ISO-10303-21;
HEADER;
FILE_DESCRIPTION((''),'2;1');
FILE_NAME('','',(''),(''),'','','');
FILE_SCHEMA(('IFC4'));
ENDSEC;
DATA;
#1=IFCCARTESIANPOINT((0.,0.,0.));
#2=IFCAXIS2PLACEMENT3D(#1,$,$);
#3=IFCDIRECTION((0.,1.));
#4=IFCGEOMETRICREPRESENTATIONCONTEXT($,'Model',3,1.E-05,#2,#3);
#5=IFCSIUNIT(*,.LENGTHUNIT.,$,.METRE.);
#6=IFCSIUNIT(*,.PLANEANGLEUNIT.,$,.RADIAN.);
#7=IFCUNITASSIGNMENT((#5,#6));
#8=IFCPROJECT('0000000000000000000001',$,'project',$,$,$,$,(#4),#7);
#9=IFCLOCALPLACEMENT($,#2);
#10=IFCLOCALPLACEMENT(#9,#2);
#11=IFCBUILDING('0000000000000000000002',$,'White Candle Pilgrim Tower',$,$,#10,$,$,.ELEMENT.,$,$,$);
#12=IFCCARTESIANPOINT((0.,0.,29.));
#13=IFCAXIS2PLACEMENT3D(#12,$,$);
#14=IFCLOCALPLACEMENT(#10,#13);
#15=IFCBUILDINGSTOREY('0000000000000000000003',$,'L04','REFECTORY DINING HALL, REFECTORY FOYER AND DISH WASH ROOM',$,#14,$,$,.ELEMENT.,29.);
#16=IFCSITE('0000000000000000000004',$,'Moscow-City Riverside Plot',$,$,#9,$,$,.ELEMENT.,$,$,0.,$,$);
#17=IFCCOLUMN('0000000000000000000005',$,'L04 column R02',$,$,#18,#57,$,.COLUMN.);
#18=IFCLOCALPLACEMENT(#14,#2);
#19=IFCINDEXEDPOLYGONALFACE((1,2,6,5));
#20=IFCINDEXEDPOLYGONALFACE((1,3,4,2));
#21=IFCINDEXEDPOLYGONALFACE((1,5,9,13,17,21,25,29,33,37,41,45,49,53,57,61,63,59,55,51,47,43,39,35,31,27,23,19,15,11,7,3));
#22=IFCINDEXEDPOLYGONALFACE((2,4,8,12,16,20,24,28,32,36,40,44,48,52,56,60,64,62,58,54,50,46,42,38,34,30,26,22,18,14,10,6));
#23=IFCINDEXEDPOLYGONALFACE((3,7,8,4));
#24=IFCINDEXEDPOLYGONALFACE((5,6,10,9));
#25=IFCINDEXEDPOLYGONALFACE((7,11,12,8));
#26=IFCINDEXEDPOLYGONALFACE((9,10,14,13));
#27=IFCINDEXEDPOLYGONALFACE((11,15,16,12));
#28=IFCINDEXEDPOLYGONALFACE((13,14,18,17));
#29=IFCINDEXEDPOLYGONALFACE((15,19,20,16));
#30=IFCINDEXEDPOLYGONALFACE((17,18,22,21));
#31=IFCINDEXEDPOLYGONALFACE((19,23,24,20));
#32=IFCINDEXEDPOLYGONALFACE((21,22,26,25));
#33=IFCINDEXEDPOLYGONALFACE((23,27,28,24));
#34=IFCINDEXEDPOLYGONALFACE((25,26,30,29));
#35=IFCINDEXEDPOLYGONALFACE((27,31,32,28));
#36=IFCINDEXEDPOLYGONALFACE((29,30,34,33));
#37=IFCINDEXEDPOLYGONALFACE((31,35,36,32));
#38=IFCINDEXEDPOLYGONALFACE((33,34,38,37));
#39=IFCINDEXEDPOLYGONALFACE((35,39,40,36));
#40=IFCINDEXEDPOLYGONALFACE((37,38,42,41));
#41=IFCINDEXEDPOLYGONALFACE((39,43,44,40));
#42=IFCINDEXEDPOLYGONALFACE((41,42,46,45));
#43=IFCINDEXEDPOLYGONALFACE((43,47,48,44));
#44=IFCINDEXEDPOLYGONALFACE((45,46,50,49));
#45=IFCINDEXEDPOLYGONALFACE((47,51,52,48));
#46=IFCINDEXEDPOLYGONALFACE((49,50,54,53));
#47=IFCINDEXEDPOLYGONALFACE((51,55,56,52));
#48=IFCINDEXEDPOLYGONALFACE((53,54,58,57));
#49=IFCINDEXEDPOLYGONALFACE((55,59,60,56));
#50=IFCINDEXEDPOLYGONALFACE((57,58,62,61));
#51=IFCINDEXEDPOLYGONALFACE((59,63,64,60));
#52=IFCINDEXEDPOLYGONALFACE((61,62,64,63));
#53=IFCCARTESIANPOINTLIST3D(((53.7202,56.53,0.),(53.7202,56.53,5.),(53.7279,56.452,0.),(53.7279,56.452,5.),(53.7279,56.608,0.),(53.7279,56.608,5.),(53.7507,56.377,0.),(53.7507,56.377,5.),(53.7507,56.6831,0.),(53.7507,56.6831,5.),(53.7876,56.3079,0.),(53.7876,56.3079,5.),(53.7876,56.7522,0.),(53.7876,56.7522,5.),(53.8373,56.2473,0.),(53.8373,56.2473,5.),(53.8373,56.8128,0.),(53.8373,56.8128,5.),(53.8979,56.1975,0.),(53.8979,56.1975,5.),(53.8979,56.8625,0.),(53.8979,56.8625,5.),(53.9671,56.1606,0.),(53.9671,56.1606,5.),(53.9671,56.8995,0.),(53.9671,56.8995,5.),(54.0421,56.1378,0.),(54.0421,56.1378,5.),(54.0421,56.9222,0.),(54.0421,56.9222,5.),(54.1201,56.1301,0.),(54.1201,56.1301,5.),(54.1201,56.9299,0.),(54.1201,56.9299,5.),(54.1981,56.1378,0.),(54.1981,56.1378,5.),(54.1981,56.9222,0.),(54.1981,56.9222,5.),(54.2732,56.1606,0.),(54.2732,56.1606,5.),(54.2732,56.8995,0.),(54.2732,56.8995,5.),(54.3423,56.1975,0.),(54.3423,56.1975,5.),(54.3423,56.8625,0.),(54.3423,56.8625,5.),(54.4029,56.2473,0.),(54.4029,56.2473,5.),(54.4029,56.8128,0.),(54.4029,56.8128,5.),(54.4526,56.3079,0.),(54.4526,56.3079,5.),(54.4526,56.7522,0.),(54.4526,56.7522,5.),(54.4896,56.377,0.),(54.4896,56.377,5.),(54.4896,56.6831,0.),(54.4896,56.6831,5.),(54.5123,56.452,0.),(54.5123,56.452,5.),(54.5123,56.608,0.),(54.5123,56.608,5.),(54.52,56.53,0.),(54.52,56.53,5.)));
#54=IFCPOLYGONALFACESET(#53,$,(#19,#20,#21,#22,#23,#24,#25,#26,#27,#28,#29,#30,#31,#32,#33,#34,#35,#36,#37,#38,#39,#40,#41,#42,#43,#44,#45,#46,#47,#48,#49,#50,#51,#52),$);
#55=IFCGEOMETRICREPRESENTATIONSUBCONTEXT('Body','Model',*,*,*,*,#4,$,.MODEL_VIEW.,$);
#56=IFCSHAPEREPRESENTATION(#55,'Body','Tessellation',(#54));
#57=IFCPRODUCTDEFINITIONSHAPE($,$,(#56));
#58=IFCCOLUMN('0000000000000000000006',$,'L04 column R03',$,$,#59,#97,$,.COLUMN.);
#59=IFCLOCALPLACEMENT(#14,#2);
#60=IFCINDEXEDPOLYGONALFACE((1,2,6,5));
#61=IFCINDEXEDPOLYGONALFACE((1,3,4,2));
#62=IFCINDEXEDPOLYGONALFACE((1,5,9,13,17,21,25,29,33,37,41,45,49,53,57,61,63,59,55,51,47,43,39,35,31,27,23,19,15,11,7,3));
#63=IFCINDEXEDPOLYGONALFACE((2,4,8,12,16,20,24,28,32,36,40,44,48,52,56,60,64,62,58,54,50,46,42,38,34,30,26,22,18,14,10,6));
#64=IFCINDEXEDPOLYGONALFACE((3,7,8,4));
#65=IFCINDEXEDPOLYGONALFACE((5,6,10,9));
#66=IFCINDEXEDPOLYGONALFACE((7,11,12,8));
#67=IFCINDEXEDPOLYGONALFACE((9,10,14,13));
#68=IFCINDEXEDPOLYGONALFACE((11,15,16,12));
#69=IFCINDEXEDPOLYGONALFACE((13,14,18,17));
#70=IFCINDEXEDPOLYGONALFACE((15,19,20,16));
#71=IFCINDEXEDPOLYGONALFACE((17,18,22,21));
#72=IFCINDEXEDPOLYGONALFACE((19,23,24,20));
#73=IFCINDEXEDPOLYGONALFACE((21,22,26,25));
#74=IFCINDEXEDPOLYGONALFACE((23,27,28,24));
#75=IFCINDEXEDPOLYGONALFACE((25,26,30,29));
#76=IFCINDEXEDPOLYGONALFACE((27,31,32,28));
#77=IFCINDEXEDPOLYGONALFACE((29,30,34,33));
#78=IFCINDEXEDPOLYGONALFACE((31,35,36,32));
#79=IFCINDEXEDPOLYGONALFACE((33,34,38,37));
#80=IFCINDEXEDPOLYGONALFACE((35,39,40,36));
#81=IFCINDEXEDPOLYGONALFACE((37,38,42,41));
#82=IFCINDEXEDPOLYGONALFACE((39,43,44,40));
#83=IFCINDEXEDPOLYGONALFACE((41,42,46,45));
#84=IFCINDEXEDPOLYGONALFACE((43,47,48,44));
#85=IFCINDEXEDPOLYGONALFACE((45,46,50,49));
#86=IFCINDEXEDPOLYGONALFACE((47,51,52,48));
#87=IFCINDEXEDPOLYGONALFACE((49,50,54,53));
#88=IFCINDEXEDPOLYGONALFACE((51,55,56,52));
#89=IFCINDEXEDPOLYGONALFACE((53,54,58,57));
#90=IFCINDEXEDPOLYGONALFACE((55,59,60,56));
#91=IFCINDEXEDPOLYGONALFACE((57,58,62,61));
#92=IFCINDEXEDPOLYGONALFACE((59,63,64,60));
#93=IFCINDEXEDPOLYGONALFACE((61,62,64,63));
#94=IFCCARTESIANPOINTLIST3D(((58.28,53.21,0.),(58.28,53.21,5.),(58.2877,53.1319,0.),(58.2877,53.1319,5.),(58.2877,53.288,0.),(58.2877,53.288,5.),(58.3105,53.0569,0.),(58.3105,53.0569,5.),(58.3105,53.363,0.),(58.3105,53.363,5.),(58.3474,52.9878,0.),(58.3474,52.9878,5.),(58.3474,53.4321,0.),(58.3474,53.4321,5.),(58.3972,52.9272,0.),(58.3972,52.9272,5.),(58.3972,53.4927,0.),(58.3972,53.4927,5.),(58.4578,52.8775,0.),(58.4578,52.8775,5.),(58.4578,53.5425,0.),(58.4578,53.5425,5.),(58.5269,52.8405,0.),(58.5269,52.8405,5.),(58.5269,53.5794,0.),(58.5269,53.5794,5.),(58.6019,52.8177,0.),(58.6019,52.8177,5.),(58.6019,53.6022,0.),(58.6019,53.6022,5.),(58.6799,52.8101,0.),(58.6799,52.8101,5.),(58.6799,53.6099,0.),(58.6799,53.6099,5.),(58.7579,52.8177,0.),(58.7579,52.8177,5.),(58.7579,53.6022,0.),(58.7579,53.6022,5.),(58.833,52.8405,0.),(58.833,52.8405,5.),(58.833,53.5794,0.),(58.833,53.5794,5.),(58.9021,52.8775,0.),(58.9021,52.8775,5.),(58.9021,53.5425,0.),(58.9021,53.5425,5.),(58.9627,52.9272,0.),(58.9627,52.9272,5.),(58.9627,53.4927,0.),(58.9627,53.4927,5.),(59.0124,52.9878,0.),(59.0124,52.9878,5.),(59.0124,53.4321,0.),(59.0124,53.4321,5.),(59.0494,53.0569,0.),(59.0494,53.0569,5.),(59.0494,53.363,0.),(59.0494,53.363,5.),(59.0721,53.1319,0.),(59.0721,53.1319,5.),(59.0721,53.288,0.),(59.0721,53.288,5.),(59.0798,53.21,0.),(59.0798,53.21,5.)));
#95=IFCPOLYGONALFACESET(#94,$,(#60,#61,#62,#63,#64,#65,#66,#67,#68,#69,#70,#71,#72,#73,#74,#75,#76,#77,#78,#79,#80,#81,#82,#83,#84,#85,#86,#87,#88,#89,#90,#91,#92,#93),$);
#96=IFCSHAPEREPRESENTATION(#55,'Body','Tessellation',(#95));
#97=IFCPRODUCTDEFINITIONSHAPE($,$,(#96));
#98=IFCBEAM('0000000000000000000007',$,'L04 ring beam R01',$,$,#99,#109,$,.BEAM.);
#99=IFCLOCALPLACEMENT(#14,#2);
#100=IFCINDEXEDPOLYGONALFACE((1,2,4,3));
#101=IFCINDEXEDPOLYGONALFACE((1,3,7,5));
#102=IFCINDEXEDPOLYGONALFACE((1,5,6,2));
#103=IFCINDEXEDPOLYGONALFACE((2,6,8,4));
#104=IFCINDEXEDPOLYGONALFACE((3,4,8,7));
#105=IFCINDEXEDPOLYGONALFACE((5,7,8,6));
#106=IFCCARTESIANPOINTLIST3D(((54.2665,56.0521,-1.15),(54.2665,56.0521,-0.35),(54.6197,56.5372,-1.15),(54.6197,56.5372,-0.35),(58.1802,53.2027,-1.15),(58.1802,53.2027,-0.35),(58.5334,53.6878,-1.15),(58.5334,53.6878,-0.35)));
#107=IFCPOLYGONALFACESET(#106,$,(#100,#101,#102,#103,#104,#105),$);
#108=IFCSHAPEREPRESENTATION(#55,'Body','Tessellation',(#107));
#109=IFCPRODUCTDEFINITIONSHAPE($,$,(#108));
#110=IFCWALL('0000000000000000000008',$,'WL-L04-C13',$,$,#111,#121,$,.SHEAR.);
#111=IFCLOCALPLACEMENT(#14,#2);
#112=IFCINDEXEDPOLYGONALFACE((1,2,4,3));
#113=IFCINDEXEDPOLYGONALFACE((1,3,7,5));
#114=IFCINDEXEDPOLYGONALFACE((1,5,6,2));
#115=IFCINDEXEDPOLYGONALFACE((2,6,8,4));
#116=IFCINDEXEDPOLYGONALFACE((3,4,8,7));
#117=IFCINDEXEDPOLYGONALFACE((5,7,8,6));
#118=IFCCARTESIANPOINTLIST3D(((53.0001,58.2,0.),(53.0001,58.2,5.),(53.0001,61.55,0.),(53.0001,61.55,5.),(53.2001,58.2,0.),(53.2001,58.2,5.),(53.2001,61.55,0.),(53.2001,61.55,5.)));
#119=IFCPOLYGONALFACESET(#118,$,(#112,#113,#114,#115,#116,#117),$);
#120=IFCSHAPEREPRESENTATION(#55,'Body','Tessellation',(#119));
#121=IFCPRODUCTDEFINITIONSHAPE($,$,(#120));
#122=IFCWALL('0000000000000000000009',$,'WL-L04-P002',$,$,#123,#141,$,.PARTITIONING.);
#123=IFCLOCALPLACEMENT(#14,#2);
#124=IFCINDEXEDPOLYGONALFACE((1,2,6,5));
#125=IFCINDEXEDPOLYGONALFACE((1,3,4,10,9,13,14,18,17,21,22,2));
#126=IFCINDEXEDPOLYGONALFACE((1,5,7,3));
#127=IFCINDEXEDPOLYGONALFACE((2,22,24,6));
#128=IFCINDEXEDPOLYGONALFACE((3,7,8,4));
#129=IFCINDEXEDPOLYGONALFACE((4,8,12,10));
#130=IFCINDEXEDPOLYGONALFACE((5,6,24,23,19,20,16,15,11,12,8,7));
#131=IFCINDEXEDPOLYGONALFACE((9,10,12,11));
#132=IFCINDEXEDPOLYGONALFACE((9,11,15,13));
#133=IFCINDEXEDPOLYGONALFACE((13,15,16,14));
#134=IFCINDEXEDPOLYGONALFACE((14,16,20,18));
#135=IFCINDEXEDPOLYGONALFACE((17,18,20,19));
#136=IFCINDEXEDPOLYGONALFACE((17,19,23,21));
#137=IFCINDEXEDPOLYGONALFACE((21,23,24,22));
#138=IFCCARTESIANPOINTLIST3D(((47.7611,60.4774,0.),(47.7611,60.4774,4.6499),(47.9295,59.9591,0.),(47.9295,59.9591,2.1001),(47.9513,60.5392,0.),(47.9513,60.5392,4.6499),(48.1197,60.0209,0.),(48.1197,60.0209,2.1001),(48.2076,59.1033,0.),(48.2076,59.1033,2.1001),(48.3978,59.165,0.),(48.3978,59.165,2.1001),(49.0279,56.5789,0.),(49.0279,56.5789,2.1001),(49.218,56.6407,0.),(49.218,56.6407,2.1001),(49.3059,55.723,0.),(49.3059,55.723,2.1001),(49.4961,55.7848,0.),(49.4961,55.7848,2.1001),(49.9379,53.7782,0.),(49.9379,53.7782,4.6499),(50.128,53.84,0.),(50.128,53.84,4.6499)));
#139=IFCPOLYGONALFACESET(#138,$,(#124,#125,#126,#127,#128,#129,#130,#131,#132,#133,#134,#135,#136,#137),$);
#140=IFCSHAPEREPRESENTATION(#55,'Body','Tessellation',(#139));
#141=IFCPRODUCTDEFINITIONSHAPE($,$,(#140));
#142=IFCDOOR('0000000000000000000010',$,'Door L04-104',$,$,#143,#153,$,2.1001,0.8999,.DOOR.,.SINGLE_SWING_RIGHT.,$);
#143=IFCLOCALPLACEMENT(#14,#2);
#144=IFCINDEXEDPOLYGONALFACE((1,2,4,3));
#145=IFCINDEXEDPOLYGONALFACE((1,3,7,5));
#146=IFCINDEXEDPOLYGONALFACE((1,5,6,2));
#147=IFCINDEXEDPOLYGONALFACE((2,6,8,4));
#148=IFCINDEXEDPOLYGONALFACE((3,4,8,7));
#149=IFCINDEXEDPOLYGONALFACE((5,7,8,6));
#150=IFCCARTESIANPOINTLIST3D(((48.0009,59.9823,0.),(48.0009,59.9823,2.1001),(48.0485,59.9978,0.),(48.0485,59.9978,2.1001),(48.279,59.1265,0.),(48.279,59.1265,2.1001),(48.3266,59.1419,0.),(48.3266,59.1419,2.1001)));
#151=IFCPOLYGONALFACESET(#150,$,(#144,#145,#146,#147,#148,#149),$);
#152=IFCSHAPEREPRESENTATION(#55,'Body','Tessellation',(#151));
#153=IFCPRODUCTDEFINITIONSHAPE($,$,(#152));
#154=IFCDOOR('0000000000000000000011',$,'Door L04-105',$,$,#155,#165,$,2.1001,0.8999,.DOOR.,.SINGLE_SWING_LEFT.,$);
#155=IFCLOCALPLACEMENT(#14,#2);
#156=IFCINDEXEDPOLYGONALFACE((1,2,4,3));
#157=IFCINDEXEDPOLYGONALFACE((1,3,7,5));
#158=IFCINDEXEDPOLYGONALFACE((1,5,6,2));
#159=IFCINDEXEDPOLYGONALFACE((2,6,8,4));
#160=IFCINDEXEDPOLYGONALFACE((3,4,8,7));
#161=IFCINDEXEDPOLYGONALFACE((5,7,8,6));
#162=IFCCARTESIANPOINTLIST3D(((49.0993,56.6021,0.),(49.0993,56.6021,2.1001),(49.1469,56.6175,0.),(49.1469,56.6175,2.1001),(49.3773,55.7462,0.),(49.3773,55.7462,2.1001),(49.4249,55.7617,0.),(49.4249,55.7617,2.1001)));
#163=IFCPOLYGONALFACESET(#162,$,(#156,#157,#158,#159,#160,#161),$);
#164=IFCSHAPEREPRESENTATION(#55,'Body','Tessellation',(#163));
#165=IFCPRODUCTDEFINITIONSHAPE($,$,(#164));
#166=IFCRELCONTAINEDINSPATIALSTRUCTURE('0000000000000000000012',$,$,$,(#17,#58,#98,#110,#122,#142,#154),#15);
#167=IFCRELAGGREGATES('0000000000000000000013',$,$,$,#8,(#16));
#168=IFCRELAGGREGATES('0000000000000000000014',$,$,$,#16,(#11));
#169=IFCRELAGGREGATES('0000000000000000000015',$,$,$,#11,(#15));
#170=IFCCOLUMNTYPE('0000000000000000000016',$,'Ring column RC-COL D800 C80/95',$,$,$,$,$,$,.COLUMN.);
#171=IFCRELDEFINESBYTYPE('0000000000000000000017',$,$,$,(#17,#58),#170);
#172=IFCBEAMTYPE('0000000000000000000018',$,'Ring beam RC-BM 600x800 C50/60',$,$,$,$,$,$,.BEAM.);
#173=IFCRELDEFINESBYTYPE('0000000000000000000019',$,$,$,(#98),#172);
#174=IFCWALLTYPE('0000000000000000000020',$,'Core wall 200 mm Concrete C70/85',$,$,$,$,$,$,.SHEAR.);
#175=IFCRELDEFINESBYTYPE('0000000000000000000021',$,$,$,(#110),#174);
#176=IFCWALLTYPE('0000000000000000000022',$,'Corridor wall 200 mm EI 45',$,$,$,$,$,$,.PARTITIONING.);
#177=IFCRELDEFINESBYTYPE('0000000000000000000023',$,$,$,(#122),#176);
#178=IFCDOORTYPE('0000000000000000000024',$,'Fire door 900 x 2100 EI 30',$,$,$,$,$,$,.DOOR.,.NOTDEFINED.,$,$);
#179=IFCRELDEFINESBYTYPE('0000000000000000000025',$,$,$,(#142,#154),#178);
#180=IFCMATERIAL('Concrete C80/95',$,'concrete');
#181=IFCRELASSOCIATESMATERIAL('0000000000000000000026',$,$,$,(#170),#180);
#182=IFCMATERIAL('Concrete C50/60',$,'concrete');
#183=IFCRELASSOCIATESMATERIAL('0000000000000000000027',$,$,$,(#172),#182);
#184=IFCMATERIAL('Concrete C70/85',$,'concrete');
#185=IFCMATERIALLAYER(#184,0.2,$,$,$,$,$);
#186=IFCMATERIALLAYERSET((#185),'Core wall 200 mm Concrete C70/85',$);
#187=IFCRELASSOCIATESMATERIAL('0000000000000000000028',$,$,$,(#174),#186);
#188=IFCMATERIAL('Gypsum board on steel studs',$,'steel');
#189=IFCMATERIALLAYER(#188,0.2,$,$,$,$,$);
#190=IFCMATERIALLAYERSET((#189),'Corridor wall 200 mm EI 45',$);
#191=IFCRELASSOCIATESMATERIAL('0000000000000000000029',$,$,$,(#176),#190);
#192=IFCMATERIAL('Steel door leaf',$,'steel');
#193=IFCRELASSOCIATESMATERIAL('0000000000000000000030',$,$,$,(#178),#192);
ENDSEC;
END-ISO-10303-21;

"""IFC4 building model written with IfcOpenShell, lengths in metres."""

from ifc_helpers import new_model, si_unit, direction, frame, frame_2d, origin, origin_2d, place, context, subcontext, project, spatial, rectangle, circle, extrude, material, layer, layer_set, material_profile, profile_set, type_object, element, fill, save


model = new_model("IFC4")

# Units and contexts
model_context = context("Model", 3, precision=1e-05, world=origin(), true_north=direction((0.0, 1.0)))
body_context = subcontext(model_context, "Body", "Model", "MODEL_VIEW")
ifc_project = project(units=[si_unit("LENGTHUNIT", "METRE"), si_unit("PLANEANGLEUNIT", "RADIAN")], contexts=[model_context])

# Site, building, storey
site_placement = place(None, origin())
site = spatial("IfcSite", under=ifc_project, at=site_placement, Name="Moscow-City Riverside Plot", CompositionType="ELEMENT", RefElevation=0.0)
building_placement = place(site_placement, origin())
building = spatial("IfcBuilding", under=site, at=building_placement, Name="White Candle Pilgrim Tower", CompositionType="ELEMENT")
storey_placement = place(building_placement, frame((0.0, 0.0, 29.0)))
storey = spatial("IfcBuildingStorey", under=building, at=storey_placement, Name="L04", Description="REFECTORY DINING HALL, REFECTORY FOYER AND DISH WASH ROOM", CompositionType="ELEMENT", Elevation=29.0)

# Columns
ifc_material_1 = material(Name="Concrete C80/95", Category="concrete")
ifc_material_profile_1 = material_profile(ifc_material_1, circle(Radius=0.3999, at=origin_2d()), Name="RC-COL D800")
ifc_profile_set_1 = profile_set([ifc_material_profile_1], Name="Concrete C80/95")
column_type = type_object("IfcColumnType", Name="Ring column RC-COL D800 C80/95", PredefinedType="COLUMN", material=ifc_profile_set_1)
for number, where, z_axis, x_axis, name in (
    (1, (54.1201, 56.53, 0.0), (0.0, 0.0, 1.0), (1.0, 0.0, 0.0), "L04 column R02"),
    (2, (58.6799, 53.21, 0.0), (0.0, 0.0, 1.0), (1.0, 0.0, 0.0), "L04 column R03"),
):
    element("IfcColumn", number, at=place(storey_placement, frame(where, z_axis=z_axis, x_axis=x_axis)), inside=storey, type_object=column_type, Name=name, PredefinedType="COLUMN", context=body_context, shape_type="SweptSolid", body=[
        extrude(circle(Radius=0.3999, at=origin_2d()), origin(), (0.0, 0.0, 1.0), 5.0),
    ])

# Beam
ifc_material_2 = material(Name="Concrete C50/60", Category="concrete")
ifc_material_profile_2 = material_profile(ifc_material_2, rectangle(XDim=0.6001, YDim=0.8, at=origin_2d()), Name="RC-BM 600x800")
ifc_profile_set_2 = profile_set([ifc_material_profile_2], Name="Concrete C50/60")
beam_type = type_object("IfcBeamType", Name="Ring beam RC-BM 600x800 C50/60", PredefinedType="BEAM", material=ifc_profile_set_2)
beam_placement = place(storey_placement, frame((54.4431, 56.2947, -0.75), z_axis=(0.808428, -0.588594, 0.0), x_axis=(0.588594, 0.808428, 0.0)))
element("IfcBeam", 3, at=beam_placement, inside=storey, type_object=beam_type, Name="L04 ring beam R01", PredefinedType="BEAM", context=body_context, shape_type="SweptSolid", body=[
    extrude(rectangle(XDim=0.6001, YDim=0.8, at=origin_2d()), origin(), (0.0, 0.0, 1.0), 4.8411),
])

# Wall
ifc_material_3 = material(Name="Concrete C70/85", Category="concrete")
ifc_layer_1 = layer(ifc_material_3, 0.2)
ifc_layer_set_1 = layer_set([ifc_layer_1], Name="Core wall 200 mm Concrete C70/85")
wall_type_1 = type_object("IfcWallType", Name="Core wall 200 mm Concrete C70/85", PredefinedType="SHEAR", material=ifc_layer_set_1)
wall_1_placement = place(storey_placement, frame((53.1001, 58.2, 0.0), z_axis=(0.0, 0.0, 1.0), x_axis=(0.0, 1.0, 0.0)))
element("IfcWall", 4, at=wall_1_placement, inside=storey, type_object=wall_type_1, Name="WL-L04-C13", PredefinedType="SHEAR", context=body_context, shape_type="SweptSolid", body=[
    extrude(rectangle(XDim=3.3501, YDim=0.2, at=frame_2d((1.675, 0.0))), origin(), (0.0, 0.0, 1.0), 5.0),
])

# Wall, openings, doors
ifc_material_4 = material(Name="Gypsum board on steel studs", Category="steel")
ifc_layer_2 = layer(ifc_material_4, 0.2)
ifc_layer_set_2 = layer_set([ifc_layer_2], Name="Corridor wall 200 mm EI 45")
wall_type_2 = type_object("IfcWallType", Name="Corridor wall 200 mm EI 45", PredefinedType="PARTITIONING", material=ifc_layer_set_2)
wall_2_placement = place(storey_placement, frame((50.033, 53.8091, 0.0), z_axis=(0.0, 0.0, 1.0), x_axis=(-0.309023, 0.951054, 0.0)))
wall_2 = element("IfcWall", 5, at=wall_2_placement, inside=storey, type_object=wall_type_2, Name="WL-L04-P002", PredefinedType="PARTITIONING", context=body_context, shape_type="SweptSolid", body=[
    extrude(rectangle(XDim=7.0439, YDim=0.2, at=frame_2d((3.522, 0.0))), origin(), (0.0, 0.0, 1.0), 4.6499),
])
opening_1_placement = place(wall_2_placement, frame((5.5991, 0.0, 0.0)))
opening_1 = element("IfcOpeningElement", 6, at=opening_1_placement, cuts=wall_2, PredefinedType="OPENING", context=body_context, shape_type="SweptSolid", body=[
    extrude(rectangle(XDim=0.8999, YDim=2.1001, at=frame_2d((0.45, 1.05))), frame((0.0, 0.1099, 0.0), z_axis=(0.0, -1.0, 0.0), x_axis=(1.0, 0.0, 0.0)), (0.0, 0.0, 1.0), 0.22),
])
opening_2_placement = place(wall_2_placement, frame((2.0449, 0.0, 0.0)))
opening_2 = element("IfcOpeningElement", 7, at=opening_2_placement, cuts=wall_2, PredefinedType="OPENING", context=body_context, shape_type="SweptSolid", body=[
    extrude(rectangle(XDim=0.8999, YDim=2.1001, at=frame_2d((0.45, 1.05))), frame((0.0, 0.1099, 0.0), z_axis=(0.0, -1.0, 0.0), x_axis=(1.0, 0.0, 0.0)), (0.0, 0.0, 1.0), 0.22),
])
ifc_material_5 = material(Name="Steel door leaf", Category="steel")
door_type_1 = type_object("IfcDoorType", Name="Fire door 900 x 2100 EI 30", OperationType="NOTDEFINED", PredefinedType="DOOR", material=ifc_material_5)
door_1_placement = place(opening_1_placement, origin())
door_1 = element("IfcDoor", 8, at=door_1_placement, inside=storey, type_object=door_type_1, Name="Door L04-104", OperationType="SINGLE_SWING_RIGHT", OverallHeight=2.1001, OverallWidth=0.8999, PredefinedType="DOOR", context=body_context, shape_type="SweptSolid", body=[
    extrude(rectangle(XDim=0.8999, YDim=2.1001, at=frame_2d((0.45, 1.05))), frame((0.0, 0.0249, 0.0), z_axis=(0.0, -1.0, 0.0), x_axis=(1.0, 0.0, 0.0)), (0.0, 0.0, 1.0), 0.05),
])
fill(opening_1, door_1)
door_2_placement = place(opening_2_placement, origin())
door_2 = element("IfcDoor", 9, at=door_2_placement, inside=storey, type_object=door_type_1, Name="Door L04-105", OperationType="SINGLE_SWING_LEFT", OverallHeight=2.1001, OverallWidth=0.8999, PredefinedType="DOOR", context=body_context, shape_type="SweptSolid", body=[
    extrude(rectangle(XDim=0.8999, YDim=2.1001, at=frame_2d((0.45, 1.05))), frame((0.0, 0.0249, 0.0), z_axis=(0.0, -1.0, 0.0), x_axis=(1.0, 0.0, 0.0)), (0.0, 0.0, 1.0), 0.05),
])
fill(opening_2, door_2)

save(model, "model.ifc")
